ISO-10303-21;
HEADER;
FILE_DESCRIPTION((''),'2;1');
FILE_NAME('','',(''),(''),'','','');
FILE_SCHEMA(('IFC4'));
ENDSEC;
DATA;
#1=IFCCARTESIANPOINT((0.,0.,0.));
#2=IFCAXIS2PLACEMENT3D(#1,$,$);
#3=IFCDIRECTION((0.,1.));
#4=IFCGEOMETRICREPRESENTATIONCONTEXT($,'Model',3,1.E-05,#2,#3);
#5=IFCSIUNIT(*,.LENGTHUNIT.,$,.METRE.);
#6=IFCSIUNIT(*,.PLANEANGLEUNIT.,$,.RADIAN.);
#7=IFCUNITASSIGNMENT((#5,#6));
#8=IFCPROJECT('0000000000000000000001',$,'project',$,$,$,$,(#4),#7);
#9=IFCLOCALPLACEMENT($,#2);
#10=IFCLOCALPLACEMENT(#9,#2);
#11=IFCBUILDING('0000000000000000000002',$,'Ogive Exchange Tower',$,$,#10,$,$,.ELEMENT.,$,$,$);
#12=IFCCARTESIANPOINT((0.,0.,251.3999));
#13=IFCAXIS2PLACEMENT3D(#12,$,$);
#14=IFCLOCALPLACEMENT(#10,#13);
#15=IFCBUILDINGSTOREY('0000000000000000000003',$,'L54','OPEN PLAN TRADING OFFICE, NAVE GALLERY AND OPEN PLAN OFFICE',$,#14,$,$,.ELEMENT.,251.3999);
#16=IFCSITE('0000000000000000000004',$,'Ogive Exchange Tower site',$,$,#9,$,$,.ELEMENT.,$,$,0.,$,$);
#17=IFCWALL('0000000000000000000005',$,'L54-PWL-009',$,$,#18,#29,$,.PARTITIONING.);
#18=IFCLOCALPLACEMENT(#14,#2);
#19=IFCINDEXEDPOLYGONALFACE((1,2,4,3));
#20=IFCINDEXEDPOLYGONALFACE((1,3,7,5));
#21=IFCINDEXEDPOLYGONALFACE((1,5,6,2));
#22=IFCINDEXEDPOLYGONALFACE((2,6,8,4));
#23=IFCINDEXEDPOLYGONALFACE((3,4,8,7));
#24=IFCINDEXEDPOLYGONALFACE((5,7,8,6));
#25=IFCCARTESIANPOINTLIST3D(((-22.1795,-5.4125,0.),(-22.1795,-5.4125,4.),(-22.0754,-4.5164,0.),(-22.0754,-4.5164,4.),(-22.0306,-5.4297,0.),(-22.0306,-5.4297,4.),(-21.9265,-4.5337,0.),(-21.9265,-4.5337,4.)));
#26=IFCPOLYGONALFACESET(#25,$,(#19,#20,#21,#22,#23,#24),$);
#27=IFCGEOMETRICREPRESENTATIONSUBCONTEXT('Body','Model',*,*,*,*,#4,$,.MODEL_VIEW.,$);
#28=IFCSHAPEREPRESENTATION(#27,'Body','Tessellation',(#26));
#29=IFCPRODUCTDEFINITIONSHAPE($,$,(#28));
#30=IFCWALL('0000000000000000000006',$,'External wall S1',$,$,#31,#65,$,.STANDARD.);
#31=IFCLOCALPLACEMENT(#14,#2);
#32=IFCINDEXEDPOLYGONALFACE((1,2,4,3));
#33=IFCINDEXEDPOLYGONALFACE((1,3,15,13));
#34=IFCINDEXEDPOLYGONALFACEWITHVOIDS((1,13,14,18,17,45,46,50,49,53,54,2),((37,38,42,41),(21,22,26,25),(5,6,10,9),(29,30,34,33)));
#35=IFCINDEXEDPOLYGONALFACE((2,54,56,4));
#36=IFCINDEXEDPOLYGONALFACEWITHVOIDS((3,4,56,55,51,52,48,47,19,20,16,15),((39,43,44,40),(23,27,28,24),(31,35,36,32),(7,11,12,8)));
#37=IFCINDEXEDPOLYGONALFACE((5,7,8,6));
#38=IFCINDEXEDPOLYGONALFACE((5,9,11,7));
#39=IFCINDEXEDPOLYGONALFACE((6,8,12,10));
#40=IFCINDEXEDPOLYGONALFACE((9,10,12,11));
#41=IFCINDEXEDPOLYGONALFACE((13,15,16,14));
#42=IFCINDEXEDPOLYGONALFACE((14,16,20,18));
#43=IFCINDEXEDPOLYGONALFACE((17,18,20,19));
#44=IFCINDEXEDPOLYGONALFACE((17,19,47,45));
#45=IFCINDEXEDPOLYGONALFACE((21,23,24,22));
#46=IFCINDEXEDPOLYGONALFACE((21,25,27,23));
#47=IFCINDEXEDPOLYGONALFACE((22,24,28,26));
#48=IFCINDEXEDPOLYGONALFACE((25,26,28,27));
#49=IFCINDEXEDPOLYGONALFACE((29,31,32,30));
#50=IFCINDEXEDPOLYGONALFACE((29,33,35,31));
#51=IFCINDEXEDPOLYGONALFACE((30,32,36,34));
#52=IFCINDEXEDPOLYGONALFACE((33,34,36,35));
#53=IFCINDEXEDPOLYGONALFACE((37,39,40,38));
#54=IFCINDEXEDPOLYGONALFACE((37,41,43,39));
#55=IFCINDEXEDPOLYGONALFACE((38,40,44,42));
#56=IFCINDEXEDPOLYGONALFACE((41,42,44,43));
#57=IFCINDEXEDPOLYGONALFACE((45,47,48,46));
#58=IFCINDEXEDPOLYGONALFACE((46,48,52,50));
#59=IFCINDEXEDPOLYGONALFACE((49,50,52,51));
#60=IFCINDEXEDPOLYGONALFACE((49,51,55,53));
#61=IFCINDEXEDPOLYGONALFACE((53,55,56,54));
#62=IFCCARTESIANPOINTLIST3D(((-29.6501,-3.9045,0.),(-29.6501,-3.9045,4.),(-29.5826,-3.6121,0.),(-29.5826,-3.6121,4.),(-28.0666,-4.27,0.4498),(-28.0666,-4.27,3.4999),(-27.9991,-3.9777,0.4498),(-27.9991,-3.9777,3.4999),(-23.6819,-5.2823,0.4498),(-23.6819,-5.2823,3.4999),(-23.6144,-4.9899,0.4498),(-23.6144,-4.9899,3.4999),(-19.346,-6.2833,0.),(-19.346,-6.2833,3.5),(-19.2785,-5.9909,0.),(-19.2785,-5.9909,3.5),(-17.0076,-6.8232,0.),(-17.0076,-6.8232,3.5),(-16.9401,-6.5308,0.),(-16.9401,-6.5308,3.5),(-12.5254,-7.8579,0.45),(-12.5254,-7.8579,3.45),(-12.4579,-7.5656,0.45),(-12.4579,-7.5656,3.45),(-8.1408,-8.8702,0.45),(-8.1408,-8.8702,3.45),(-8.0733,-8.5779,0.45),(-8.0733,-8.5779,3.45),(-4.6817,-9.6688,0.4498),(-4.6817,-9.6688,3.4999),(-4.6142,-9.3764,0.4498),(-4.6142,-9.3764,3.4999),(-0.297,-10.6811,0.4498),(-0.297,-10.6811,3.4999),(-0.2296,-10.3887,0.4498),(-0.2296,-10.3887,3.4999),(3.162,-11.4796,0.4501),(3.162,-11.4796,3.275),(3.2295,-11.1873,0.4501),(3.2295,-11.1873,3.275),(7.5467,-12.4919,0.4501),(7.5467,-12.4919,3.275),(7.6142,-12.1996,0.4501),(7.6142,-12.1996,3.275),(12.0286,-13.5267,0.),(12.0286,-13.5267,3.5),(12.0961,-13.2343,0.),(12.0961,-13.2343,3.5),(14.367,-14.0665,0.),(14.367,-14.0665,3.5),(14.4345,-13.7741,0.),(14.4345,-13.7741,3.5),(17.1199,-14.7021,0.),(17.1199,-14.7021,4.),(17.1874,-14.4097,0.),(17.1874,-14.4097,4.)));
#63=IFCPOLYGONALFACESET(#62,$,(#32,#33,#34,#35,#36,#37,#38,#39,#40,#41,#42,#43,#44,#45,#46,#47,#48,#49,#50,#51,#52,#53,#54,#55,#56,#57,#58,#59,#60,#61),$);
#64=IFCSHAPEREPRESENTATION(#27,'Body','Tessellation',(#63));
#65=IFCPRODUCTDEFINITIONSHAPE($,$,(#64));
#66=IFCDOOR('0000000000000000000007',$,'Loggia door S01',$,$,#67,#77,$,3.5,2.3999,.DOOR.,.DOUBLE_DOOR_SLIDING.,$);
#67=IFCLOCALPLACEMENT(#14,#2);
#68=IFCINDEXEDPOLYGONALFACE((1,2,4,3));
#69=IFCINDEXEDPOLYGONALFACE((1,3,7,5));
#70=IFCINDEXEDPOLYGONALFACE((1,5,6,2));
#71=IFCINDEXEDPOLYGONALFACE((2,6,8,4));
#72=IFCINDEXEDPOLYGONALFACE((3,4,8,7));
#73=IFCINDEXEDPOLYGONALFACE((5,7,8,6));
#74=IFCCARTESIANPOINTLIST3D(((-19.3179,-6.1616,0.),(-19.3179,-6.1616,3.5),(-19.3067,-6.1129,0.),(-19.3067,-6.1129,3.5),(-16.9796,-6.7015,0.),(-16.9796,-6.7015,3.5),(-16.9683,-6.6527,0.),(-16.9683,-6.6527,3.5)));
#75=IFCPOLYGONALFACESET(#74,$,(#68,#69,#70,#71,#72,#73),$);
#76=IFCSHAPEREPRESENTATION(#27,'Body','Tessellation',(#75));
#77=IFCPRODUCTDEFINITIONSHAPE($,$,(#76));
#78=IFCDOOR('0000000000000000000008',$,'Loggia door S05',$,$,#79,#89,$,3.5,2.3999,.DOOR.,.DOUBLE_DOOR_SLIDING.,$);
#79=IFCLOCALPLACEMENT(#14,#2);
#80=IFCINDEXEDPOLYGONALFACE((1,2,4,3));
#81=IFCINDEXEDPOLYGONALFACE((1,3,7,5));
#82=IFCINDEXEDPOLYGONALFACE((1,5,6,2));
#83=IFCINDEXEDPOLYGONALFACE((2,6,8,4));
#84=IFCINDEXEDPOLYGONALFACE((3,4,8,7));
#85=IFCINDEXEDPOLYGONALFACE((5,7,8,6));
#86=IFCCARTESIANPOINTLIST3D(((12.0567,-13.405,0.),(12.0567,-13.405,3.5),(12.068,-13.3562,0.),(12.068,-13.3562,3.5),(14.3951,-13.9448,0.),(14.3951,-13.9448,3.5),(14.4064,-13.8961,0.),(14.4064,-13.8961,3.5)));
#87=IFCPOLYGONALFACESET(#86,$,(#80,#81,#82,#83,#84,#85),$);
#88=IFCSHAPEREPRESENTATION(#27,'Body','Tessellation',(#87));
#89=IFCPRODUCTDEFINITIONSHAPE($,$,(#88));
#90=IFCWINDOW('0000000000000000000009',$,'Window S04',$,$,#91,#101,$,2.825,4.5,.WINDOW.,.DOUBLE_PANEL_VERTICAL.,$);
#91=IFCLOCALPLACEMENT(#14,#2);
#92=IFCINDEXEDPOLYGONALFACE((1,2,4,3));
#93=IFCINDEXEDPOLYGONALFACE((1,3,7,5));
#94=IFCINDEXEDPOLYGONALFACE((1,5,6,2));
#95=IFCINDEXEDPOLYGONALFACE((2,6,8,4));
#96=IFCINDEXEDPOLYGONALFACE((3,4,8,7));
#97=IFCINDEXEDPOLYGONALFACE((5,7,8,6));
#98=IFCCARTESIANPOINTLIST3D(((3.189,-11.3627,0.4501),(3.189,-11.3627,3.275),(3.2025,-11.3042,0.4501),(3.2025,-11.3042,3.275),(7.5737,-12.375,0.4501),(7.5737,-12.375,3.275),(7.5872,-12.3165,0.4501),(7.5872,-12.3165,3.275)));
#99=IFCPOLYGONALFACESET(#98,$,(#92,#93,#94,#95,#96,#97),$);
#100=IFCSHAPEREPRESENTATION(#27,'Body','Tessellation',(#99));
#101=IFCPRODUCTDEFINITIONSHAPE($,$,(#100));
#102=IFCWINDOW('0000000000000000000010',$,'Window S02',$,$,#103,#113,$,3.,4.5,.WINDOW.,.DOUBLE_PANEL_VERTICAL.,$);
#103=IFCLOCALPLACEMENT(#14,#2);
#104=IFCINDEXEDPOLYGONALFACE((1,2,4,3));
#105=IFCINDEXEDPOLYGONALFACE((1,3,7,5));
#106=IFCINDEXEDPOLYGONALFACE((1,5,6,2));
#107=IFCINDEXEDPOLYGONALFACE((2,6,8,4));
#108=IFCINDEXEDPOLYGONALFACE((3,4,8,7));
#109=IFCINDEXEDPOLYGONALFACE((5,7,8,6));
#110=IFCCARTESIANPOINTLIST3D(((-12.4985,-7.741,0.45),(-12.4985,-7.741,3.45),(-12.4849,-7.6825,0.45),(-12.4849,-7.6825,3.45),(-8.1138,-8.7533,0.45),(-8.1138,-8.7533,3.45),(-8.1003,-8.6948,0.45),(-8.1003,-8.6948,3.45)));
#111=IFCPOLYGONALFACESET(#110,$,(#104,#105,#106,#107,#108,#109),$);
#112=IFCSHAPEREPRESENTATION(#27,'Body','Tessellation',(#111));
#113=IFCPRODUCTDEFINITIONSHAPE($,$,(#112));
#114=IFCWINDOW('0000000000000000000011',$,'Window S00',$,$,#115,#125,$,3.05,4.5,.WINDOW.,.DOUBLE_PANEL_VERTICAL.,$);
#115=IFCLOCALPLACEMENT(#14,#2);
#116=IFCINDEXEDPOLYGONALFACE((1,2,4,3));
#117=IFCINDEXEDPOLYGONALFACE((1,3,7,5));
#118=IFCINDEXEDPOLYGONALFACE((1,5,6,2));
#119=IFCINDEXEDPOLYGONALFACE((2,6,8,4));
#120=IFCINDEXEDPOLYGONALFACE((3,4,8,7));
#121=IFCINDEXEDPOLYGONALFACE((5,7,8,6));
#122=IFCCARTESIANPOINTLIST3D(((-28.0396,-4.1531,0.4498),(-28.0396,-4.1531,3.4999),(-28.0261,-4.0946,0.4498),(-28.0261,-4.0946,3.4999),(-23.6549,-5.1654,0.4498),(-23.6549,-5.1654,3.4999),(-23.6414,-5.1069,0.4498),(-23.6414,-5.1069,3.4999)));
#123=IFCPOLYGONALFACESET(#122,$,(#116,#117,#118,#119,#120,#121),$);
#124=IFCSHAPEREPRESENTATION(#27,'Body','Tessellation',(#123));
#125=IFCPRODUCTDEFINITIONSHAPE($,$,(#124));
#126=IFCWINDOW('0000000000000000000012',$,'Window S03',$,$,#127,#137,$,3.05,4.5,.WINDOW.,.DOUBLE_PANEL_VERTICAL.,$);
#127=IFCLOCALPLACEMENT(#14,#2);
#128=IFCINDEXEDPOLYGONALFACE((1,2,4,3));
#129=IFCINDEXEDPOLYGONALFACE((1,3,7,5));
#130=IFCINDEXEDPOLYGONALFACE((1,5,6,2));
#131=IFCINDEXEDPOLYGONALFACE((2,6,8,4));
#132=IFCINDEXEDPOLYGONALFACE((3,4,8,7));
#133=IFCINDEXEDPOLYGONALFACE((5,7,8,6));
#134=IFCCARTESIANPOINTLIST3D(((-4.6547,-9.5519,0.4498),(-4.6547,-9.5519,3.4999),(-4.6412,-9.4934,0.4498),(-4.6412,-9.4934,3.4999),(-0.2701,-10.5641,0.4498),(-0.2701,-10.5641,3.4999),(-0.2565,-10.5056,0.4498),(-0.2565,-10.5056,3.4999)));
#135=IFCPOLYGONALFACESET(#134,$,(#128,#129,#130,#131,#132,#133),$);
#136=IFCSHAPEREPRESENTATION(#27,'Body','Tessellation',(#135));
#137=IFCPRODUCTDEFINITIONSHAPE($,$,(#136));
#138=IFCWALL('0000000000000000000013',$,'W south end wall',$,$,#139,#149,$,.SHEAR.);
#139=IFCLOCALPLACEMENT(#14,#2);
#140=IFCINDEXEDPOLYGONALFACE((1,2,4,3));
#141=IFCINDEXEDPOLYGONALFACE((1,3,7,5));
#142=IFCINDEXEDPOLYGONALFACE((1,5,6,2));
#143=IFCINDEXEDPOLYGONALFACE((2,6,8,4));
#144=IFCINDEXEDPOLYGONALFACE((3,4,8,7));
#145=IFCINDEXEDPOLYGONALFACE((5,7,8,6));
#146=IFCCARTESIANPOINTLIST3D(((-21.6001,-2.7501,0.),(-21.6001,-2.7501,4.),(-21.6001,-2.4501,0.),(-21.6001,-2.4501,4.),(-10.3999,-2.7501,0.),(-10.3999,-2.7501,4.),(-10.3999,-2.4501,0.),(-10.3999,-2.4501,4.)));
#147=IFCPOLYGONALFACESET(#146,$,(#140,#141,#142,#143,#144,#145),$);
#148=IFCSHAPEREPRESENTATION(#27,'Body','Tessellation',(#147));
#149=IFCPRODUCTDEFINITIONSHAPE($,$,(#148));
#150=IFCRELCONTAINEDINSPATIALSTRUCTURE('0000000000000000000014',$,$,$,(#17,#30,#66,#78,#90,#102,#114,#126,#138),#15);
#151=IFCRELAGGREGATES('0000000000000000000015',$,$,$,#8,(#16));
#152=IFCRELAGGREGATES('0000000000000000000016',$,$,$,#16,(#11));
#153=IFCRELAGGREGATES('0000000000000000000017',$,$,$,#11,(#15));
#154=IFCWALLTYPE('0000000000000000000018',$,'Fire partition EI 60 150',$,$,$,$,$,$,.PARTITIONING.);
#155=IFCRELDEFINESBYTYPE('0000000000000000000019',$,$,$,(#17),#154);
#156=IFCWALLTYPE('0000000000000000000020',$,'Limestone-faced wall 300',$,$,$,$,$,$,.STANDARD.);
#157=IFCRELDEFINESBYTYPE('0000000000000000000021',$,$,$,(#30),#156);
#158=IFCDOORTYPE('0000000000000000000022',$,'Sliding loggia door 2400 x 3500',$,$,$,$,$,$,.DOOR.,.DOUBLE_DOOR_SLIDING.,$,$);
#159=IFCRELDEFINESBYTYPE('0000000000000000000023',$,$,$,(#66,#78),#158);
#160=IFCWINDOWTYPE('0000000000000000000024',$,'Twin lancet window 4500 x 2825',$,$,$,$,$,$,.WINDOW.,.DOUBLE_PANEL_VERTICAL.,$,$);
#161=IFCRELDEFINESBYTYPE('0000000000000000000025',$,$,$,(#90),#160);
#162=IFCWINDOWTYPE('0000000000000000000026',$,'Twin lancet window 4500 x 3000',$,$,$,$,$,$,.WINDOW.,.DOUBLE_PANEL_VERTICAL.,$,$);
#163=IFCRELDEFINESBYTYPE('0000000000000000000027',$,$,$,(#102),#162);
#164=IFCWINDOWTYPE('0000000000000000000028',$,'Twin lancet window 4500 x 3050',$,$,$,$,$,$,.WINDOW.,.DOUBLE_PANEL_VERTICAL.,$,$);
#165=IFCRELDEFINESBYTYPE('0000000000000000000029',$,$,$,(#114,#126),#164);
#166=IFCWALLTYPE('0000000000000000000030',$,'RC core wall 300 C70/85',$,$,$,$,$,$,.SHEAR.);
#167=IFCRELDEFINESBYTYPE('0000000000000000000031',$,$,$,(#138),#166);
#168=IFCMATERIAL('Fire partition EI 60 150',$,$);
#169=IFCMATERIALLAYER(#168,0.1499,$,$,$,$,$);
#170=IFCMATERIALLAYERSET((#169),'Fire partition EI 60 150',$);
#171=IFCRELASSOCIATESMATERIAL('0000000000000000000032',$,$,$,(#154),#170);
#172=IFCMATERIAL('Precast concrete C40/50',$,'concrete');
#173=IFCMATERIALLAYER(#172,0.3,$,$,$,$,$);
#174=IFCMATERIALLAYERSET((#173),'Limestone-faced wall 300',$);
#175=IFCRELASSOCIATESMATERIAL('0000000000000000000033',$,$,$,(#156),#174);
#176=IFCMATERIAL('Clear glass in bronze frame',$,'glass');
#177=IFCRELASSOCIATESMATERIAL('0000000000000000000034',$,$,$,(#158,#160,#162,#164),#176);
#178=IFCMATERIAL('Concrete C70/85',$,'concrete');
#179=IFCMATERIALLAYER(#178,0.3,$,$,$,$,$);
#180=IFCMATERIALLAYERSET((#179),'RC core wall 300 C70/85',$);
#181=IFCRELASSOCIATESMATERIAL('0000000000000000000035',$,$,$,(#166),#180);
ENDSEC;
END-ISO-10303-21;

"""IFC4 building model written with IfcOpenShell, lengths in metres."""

from ifc_helpers import new_model, si_unit, direction, frame, frame_2d, origin, place, context, subcontext, project, spatial, rectangle, extrude, material, layer, layer_set, type_object, element, fill, save


model = new_model("IFC4")

# Units and contexts
model_context = context("Model", 3, precision=1e-05, world=origin(), true_north=direction((0.0, 1.0)))
body_context = subcontext(model_context, "Body", "Model", "MODEL_VIEW")
ifc_project = project(units=[si_unit("LENGTHUNIT", "METRE"), si_unit("PLANEANGLEUNIT", "RADIAN")], contexts=[model_context])

# Site, building, storey
site_placement = place(None, origin())
site = spatial("IfcSite", under=ifc_project, at=site_placement, Name="Ogive Exchange Tower site", CompositionType="ELEMENT", RefElevation=0.0)
building_placement = place(site_placement, origin())
building = spatial("IfcBuilding", under=site, at=building_placement, Name="Ogive Exchange Tower", CompositionType="ELEMENT")
storey_placement = place(building_placement, frame((0.0, 0.0, 251.3999)))
storey = spatial("IfcBuildingStorey", under=building, at=storey_placement, Name="L54", Description="OPEN PLAN TRADING OFFICE, NAVE GALLERY AND OPEN PLAN OFFICE", CompositionType="ELEMENT", Elevation=251.3999)

# Shared definitions
ifc_material_1 = material(Name="Fire partition EI 60 150")
ifc_layer_1 = layer(ifc_material_1, 0.1499)
ifc_layer_set_1 = layer_set([ifc_layer_1], Name="Fire partition EI 60 150")
wall_type_1 = type_object("IfcWallType", Name="Fire partition EI 60 150", PredefinedType="PARTITIONING", material=ifc_layer_set_1)

# Wall
wall_1_placement = place(storey_placement, frame((-22.001, -4.5249, 0.0), z_axis=(0.0, 0.0, 1.0), x_axis=(-0.115302, -0.99333, 0.0)))
element("IfcWall", 1, at=wall_1_placement, inside=storey, type_object=wall_type_1, Name="L54-PWL-009", PredefinedType="PARTITIONING", context=body_context, shape_type="SweptSolid", body=[
    extrude(rectangle(XDim=0.9021, YDim=0.1499, at=frame_2d((0.4512, 0.0))), origin(), (0.0, 0.0, 1.0), 4.0),
])

# Wall, openings, doors, windows
ifc_material_2 = material(Name="Precast concrete C40/50", Category="concrete")
ifc_layer_2 = layer(ifc_material_2, 0.3)
ifc_layer_set_2 = layer_set([ifc_layer_2], Name="Limestone-faced wall 300")
wall_type_2 = type_object("IfcWallType", Name="Limestone-faced wall 300", PredefinedType="STANDARD", material=ifc_layer_set_2)
wall_2_placement = place(storey_placement, frame((-29.6162, -3.7583, 0.0), z_axis=(0.0, 0.0, 1.0), x_axis=(0.974371, -0.224949, 0.0)))
wall_2 = element("IfcWall", 2, at=wall_2_placement, inside=storey, type_object=wall_type_2, Name="External wall S1", PredefinedType="STANDARD", context=body_context, shape_type="SweptSolid", body=[
    extrude(rectangle(XDim=48.0002, YDim=0.3, at=frame_2d((24.0, 0.0))), origin(), (0.0, 0.0, 1.0), 4.0),
])
opening_1_placement = place(wall_2_placement, frame((1.625, 0.0, 0.45)))
opening_1 = element("IfcOpeningElement", 3, at=opening_1_placement, cuts=wall_2, PredefinedType="OPENING", context=body_context, shape_type="SweptSolid", body=[
    extrude(rectangle(XDim=4.5, YDim=3.05, at=frame_2d((2.25, 1.5249))), frame((0.0, 0.1599, 0.0), z_axis=(0.0, -1.0, 0.0), x_axis=(1.0, 0.0, 0.0)), (0.0, 0.0, 1.0), 0.3201),
])
opening_2_placement = place(wall_2_placement, frame((10.575, 0.0, 0.0)))
opening_2 = element("IfcOpeningElement", 4, at=opening_2_placement, cuts=wall_2, PredefinedType="OPENING", context=body_context, shape_type="SweptSolid", body=[
    extrude(rectangle(XDim=2.3999, YDim=3.5, at=frame_2d((1.2, 1.75))), frame((0.0, 0.1599, 0.0), z_axis=(0.0, -1.0, 0.0), x_axis=(1.0, 0.0, 0.0)), (0.0, 0.0, 1.0), 0.3201),
])
opening_3_placement = place(wall_2_placement, frame((17.575, 0.0, 0.45)))
opening_3 = element("IfcOpeningElement", 5, at=opening_3_placement, cuts=wall_2, PredefinedType="OPENING", context=body_context, shape_type="SweptSolid", body=[
    extrude(rectangle(XDim=4.5, YDim=3.0, at=frame_2d((2.25, 1.5))), frame((0.0, 0.1599, 0.0), z_axis=(0.0, -1.0, 0.0), x_axis=(1.0, 0.0, 0.0)), (0.0, 0.0, 1.0), 0.3201),
])
opening_4_placement = place(wall_2_placement, frame((25.625, 0.0, 0.45)))
opening_4 = element("IfcOpeningElement", 6, at=opening_4_placement, cuts=wall_2, PredefinedType="OPENING", context=body_context, shape_type="SweptSolid", body=[
    extrude(rectangle(XDim=4.5, YDim=3.05, at=frame_2d((2.25, 1.5249))), frame((0.0, 0.1599, 0.0), z_axis=(0.0, -1.0, 0.0), x_axis=(1.0, 0.0, 0.0)), (0.0, 0.0, 1.0), 0.3201),
])
opening_5_placement = place(wall_2_placement, frame((33.675, 0.0, 0.45)))
opening_5 = element("IfcOpeningElement", 7, at=opening_5_placement, cuts=wall_2, PredefinedType="OPENING", context=body_context, shape_type="SweptSolid", body=[
    extrude(rectangle(XDim=4.5, YDim=2.825, at=frame_2d((2.25, 1.4126))), frame((0.0, 0.1599, 0.0), z_axis=(0.0, -1.0, 0.0), x_axis=(1.0, 0.0, 0.0)), (0.0, 0.0, 1.0), 0.3201),
])
opening_6_placement = place(wall_2_placement, frame((42.7749, 0.0, 0.0)))
opening_6 = element("IfcOpeningElement", 8, at=opening_6_placement, cuts=wall_2, PredefinedType="OPENING", context=body_context, shape_type="SweptSolid", body=[
    extrude(rectangle(XDim=2.3999, YDim=3.5, at=frame_2d((1.2, 1.75))), frame((0.0, 0.1599, 0.0), z_axis=(0.0, -1.0, 0.0), x_axis=(1.0, 0.0, 0.0)), (0.0, 0.0, 1.0), 0.3201),
])
ifc_material_3 = material(Name="Clear glass in bronze frame", Category="glass")
door_type_1 = type_object("IfcDoorType", Name="Sliding loggia door 2400 x 3500", OperationType="DOUBLE_DOOR_SLIDING", PredefinedType="DOOR", material=ifc_material_3)
door_1_placement = place(opening_2_placement, origin())
door_1 = element("IfcDoor", 9, at=door_1_placement, inside=storey, type_object=door_type_1, Name="Loggia door S01", OperationType="DOUBLE_DOOR_SLIDING", OverallHeight=3.5, OverallWidth=2.3999, PredefinedType="DOOR", context=body_context, shape_type="SweptSolid", body=[
    extrude(rectangle(XDim=2.3999, YDim=3.5, at=frame_2d((1.2, 1.75))), frame((0.0, 0.0249, 0.0), z_axis=(0.0, -1.0, 0.0), x_axis=(1.0, 0.0, 0.0)), (0.0, 0.0, 1.0), 0.05),
])
fill(opening_2, door_1)
door_2_placement = place(opening_6_placement, origin())
door_2 = element("IfcDoor", 10, at=door_2_placement, inside=storey, type_object=door_type_1, Name="Loggia door S05", OperationType="DOUBLE_DOOR_SLIDING", OverallHeight=3.5, OverallWidth=2.3999, PredefinedType="DOOR", context=body_context, shape_type="SweptSolid", body=[
    extrude(rectangle(XDim=2.3999, YDim=3.5, at=frame_2d((1.2, 1.75))), frame((0.0, 0.0249, 0.0), z_axis=(0.0, -1.0, 0.0), x_axis=(1.0, 0.0, 0.0)), (0.0, 0.0, 1.0), 0.05),
])
fill(opening_6, door_2)
window_type_1 = type_object("IfcWindowType", Name="Twin lancet window 4500 x 2825", PartitioningType="DOUBLE_PANEL_VERTICAL", PredefinedType="WINDOW", material=ifc_material_3)
window_1_placement = place(opening_5_placement, origin())
window_1 = element("IfcWindow", 11, at=window_1_placement, inside=storey, type_object=window_type_1, Name="Window S04", OverallHeight=2.825, OverallWidth=4.5, PartitioningType="DOUBLE_PANEL_VERTICAL", PredefinedType="WINDOW", context=body_context, shape_type="SweptSolid", body=[
    extrude(rectangle(XDim=4.5, YDim=2.825, at=frame_2d((2.25, 1.4126))), frame((0.0, 0.03, 0.0), z_axis=(0.0, -1.0, 0.0), x_axis=(1.0, 0.0, 0.0)), (0.0, 0.0, 1.0), 0.0601),
])
fill(opening_5, window_1)
window_type_2 = type_object("IfcWindowType", Name="Twin lancet window 4500 x 3000", PartitioningType="DOUBLE_PANEL_VERTICAL", PredefinedType="WINDOW", material=ifc_material_3)
window_2_placement = place(opening_3_placement, origin())
window_2 = element("IfcWindow", 12, at=window_2_placement, inside=storey, type_object=window_type_2, Name="Window S02", OverallHeight=3.0, OverallWidth=4.5, PartitioningType="DOUBLE_PANEL_VERTICAL", PredefinedType="WINDOW", context=body_context, shape_type="SweptSolid", body=[
    extrude(rectangle(XDim=4.5, YDim=3.0, at=frame_2d((2.25, 1.5))), frame((0.0, 0.03, 0.0), z_axis=(0.0, -1.0, 0.0), x_axis=(1.0, 0.0, 0.0)), (0.0, 0.0, 1.0), 0.0601),
])
fill(opening_3, window_2)
window_type_3 = type_object("IfcWindowType", Name="Twin lancet window 4500 x 3050", PartitioningType="DOUBLE_PANEL_VERTICAL", PredefinedType="WINDOW", material=ifc_material_3)
window_3_placement = place(opening_1_placement, origin())
window_3 = element("IfcWindow", 13, at=window_3_placement, inside=storey, type_object=window_type_3, Name="Window S00", OverallHeight=3.05, OverallWidth=4.5, PartitioningType="DOUBLE_PANEL_VERTICAL", PredefinedType="WINDOW", context=body_context, shape_type="SweptSolid", body=[
    extrude(rectangle(XDim=4.5, YDim=3.05, at=frame_2d((2.25, 1.5249))), frame((0.0, 0.03, 0.0), z_axis=(0.0, -1.0, 0.0), x_axis=(1.0, 0.0, 0.0)), (0.0, 0.0, 1.0), 0.0601),
])
fill(opening_1, window_3)
window_4_placement = place(opening_4_placement, origin())
window_4 = element("IfcWindow", 14, at=window_4_placement, inside=storey, type_object=window_type_3, Name="Window S03", OverallHeight=3.05, OverallWidth=4.5, PartitioningType="DOUBLE_PANEL_VERTICAL", PredefinedType="WINDOW", context=body_context, shape_type="SweptSolid", body=[
    extrude(rectangle(XDim=4.5, YDim=3.05, at=frame_2d((2.25, 1.5249))), frame((0.0, 0.03, 0.0), z_axis=(0.0, -1.0, 0.0), x_axis=(1.0, 0.0, 0.0)), (0.0, 0.0, 1.0), 0.0601),
])
fill(opening_4, window_4)

# Wall
ifc_material_4 = material(Name="Concrete C70/85", Category="concrete")
ifc_layer_3 = layer(ifc_material_4, 0.3)
ifc_layer_set_3 = layer_set([ifc_layer_3], Name="RC core wall 300 C70/85")
wall_type_3 = type_object("IfcWallType", Name="RC core wall 300 C70/85", PredefinedType="SHEAR", material=ifc_layer_set_3)
wall_3_placement = place(storey_placement, frame((-21.6001, -2.6001, 0.0), z_axis=(0.0, 0.0, 1.0), x_axis=(1.0, 0.0, 0.0)))
element("IfcWall", 15, at=wall_3_placement, inside=storey, type_object=wall_type_3, Name="W south end wall", PredefinedType="SHEAR", context=body_context, shape_type="SweptSolid", body=[
    extrude(rectangle(XDim=11.2002, YDim=0.3, at=frame_2d((5.6001, 0.0))), origin(), (0.0, 0.0, 1.0), 4.0),
])

save(model, "model.ifc")
